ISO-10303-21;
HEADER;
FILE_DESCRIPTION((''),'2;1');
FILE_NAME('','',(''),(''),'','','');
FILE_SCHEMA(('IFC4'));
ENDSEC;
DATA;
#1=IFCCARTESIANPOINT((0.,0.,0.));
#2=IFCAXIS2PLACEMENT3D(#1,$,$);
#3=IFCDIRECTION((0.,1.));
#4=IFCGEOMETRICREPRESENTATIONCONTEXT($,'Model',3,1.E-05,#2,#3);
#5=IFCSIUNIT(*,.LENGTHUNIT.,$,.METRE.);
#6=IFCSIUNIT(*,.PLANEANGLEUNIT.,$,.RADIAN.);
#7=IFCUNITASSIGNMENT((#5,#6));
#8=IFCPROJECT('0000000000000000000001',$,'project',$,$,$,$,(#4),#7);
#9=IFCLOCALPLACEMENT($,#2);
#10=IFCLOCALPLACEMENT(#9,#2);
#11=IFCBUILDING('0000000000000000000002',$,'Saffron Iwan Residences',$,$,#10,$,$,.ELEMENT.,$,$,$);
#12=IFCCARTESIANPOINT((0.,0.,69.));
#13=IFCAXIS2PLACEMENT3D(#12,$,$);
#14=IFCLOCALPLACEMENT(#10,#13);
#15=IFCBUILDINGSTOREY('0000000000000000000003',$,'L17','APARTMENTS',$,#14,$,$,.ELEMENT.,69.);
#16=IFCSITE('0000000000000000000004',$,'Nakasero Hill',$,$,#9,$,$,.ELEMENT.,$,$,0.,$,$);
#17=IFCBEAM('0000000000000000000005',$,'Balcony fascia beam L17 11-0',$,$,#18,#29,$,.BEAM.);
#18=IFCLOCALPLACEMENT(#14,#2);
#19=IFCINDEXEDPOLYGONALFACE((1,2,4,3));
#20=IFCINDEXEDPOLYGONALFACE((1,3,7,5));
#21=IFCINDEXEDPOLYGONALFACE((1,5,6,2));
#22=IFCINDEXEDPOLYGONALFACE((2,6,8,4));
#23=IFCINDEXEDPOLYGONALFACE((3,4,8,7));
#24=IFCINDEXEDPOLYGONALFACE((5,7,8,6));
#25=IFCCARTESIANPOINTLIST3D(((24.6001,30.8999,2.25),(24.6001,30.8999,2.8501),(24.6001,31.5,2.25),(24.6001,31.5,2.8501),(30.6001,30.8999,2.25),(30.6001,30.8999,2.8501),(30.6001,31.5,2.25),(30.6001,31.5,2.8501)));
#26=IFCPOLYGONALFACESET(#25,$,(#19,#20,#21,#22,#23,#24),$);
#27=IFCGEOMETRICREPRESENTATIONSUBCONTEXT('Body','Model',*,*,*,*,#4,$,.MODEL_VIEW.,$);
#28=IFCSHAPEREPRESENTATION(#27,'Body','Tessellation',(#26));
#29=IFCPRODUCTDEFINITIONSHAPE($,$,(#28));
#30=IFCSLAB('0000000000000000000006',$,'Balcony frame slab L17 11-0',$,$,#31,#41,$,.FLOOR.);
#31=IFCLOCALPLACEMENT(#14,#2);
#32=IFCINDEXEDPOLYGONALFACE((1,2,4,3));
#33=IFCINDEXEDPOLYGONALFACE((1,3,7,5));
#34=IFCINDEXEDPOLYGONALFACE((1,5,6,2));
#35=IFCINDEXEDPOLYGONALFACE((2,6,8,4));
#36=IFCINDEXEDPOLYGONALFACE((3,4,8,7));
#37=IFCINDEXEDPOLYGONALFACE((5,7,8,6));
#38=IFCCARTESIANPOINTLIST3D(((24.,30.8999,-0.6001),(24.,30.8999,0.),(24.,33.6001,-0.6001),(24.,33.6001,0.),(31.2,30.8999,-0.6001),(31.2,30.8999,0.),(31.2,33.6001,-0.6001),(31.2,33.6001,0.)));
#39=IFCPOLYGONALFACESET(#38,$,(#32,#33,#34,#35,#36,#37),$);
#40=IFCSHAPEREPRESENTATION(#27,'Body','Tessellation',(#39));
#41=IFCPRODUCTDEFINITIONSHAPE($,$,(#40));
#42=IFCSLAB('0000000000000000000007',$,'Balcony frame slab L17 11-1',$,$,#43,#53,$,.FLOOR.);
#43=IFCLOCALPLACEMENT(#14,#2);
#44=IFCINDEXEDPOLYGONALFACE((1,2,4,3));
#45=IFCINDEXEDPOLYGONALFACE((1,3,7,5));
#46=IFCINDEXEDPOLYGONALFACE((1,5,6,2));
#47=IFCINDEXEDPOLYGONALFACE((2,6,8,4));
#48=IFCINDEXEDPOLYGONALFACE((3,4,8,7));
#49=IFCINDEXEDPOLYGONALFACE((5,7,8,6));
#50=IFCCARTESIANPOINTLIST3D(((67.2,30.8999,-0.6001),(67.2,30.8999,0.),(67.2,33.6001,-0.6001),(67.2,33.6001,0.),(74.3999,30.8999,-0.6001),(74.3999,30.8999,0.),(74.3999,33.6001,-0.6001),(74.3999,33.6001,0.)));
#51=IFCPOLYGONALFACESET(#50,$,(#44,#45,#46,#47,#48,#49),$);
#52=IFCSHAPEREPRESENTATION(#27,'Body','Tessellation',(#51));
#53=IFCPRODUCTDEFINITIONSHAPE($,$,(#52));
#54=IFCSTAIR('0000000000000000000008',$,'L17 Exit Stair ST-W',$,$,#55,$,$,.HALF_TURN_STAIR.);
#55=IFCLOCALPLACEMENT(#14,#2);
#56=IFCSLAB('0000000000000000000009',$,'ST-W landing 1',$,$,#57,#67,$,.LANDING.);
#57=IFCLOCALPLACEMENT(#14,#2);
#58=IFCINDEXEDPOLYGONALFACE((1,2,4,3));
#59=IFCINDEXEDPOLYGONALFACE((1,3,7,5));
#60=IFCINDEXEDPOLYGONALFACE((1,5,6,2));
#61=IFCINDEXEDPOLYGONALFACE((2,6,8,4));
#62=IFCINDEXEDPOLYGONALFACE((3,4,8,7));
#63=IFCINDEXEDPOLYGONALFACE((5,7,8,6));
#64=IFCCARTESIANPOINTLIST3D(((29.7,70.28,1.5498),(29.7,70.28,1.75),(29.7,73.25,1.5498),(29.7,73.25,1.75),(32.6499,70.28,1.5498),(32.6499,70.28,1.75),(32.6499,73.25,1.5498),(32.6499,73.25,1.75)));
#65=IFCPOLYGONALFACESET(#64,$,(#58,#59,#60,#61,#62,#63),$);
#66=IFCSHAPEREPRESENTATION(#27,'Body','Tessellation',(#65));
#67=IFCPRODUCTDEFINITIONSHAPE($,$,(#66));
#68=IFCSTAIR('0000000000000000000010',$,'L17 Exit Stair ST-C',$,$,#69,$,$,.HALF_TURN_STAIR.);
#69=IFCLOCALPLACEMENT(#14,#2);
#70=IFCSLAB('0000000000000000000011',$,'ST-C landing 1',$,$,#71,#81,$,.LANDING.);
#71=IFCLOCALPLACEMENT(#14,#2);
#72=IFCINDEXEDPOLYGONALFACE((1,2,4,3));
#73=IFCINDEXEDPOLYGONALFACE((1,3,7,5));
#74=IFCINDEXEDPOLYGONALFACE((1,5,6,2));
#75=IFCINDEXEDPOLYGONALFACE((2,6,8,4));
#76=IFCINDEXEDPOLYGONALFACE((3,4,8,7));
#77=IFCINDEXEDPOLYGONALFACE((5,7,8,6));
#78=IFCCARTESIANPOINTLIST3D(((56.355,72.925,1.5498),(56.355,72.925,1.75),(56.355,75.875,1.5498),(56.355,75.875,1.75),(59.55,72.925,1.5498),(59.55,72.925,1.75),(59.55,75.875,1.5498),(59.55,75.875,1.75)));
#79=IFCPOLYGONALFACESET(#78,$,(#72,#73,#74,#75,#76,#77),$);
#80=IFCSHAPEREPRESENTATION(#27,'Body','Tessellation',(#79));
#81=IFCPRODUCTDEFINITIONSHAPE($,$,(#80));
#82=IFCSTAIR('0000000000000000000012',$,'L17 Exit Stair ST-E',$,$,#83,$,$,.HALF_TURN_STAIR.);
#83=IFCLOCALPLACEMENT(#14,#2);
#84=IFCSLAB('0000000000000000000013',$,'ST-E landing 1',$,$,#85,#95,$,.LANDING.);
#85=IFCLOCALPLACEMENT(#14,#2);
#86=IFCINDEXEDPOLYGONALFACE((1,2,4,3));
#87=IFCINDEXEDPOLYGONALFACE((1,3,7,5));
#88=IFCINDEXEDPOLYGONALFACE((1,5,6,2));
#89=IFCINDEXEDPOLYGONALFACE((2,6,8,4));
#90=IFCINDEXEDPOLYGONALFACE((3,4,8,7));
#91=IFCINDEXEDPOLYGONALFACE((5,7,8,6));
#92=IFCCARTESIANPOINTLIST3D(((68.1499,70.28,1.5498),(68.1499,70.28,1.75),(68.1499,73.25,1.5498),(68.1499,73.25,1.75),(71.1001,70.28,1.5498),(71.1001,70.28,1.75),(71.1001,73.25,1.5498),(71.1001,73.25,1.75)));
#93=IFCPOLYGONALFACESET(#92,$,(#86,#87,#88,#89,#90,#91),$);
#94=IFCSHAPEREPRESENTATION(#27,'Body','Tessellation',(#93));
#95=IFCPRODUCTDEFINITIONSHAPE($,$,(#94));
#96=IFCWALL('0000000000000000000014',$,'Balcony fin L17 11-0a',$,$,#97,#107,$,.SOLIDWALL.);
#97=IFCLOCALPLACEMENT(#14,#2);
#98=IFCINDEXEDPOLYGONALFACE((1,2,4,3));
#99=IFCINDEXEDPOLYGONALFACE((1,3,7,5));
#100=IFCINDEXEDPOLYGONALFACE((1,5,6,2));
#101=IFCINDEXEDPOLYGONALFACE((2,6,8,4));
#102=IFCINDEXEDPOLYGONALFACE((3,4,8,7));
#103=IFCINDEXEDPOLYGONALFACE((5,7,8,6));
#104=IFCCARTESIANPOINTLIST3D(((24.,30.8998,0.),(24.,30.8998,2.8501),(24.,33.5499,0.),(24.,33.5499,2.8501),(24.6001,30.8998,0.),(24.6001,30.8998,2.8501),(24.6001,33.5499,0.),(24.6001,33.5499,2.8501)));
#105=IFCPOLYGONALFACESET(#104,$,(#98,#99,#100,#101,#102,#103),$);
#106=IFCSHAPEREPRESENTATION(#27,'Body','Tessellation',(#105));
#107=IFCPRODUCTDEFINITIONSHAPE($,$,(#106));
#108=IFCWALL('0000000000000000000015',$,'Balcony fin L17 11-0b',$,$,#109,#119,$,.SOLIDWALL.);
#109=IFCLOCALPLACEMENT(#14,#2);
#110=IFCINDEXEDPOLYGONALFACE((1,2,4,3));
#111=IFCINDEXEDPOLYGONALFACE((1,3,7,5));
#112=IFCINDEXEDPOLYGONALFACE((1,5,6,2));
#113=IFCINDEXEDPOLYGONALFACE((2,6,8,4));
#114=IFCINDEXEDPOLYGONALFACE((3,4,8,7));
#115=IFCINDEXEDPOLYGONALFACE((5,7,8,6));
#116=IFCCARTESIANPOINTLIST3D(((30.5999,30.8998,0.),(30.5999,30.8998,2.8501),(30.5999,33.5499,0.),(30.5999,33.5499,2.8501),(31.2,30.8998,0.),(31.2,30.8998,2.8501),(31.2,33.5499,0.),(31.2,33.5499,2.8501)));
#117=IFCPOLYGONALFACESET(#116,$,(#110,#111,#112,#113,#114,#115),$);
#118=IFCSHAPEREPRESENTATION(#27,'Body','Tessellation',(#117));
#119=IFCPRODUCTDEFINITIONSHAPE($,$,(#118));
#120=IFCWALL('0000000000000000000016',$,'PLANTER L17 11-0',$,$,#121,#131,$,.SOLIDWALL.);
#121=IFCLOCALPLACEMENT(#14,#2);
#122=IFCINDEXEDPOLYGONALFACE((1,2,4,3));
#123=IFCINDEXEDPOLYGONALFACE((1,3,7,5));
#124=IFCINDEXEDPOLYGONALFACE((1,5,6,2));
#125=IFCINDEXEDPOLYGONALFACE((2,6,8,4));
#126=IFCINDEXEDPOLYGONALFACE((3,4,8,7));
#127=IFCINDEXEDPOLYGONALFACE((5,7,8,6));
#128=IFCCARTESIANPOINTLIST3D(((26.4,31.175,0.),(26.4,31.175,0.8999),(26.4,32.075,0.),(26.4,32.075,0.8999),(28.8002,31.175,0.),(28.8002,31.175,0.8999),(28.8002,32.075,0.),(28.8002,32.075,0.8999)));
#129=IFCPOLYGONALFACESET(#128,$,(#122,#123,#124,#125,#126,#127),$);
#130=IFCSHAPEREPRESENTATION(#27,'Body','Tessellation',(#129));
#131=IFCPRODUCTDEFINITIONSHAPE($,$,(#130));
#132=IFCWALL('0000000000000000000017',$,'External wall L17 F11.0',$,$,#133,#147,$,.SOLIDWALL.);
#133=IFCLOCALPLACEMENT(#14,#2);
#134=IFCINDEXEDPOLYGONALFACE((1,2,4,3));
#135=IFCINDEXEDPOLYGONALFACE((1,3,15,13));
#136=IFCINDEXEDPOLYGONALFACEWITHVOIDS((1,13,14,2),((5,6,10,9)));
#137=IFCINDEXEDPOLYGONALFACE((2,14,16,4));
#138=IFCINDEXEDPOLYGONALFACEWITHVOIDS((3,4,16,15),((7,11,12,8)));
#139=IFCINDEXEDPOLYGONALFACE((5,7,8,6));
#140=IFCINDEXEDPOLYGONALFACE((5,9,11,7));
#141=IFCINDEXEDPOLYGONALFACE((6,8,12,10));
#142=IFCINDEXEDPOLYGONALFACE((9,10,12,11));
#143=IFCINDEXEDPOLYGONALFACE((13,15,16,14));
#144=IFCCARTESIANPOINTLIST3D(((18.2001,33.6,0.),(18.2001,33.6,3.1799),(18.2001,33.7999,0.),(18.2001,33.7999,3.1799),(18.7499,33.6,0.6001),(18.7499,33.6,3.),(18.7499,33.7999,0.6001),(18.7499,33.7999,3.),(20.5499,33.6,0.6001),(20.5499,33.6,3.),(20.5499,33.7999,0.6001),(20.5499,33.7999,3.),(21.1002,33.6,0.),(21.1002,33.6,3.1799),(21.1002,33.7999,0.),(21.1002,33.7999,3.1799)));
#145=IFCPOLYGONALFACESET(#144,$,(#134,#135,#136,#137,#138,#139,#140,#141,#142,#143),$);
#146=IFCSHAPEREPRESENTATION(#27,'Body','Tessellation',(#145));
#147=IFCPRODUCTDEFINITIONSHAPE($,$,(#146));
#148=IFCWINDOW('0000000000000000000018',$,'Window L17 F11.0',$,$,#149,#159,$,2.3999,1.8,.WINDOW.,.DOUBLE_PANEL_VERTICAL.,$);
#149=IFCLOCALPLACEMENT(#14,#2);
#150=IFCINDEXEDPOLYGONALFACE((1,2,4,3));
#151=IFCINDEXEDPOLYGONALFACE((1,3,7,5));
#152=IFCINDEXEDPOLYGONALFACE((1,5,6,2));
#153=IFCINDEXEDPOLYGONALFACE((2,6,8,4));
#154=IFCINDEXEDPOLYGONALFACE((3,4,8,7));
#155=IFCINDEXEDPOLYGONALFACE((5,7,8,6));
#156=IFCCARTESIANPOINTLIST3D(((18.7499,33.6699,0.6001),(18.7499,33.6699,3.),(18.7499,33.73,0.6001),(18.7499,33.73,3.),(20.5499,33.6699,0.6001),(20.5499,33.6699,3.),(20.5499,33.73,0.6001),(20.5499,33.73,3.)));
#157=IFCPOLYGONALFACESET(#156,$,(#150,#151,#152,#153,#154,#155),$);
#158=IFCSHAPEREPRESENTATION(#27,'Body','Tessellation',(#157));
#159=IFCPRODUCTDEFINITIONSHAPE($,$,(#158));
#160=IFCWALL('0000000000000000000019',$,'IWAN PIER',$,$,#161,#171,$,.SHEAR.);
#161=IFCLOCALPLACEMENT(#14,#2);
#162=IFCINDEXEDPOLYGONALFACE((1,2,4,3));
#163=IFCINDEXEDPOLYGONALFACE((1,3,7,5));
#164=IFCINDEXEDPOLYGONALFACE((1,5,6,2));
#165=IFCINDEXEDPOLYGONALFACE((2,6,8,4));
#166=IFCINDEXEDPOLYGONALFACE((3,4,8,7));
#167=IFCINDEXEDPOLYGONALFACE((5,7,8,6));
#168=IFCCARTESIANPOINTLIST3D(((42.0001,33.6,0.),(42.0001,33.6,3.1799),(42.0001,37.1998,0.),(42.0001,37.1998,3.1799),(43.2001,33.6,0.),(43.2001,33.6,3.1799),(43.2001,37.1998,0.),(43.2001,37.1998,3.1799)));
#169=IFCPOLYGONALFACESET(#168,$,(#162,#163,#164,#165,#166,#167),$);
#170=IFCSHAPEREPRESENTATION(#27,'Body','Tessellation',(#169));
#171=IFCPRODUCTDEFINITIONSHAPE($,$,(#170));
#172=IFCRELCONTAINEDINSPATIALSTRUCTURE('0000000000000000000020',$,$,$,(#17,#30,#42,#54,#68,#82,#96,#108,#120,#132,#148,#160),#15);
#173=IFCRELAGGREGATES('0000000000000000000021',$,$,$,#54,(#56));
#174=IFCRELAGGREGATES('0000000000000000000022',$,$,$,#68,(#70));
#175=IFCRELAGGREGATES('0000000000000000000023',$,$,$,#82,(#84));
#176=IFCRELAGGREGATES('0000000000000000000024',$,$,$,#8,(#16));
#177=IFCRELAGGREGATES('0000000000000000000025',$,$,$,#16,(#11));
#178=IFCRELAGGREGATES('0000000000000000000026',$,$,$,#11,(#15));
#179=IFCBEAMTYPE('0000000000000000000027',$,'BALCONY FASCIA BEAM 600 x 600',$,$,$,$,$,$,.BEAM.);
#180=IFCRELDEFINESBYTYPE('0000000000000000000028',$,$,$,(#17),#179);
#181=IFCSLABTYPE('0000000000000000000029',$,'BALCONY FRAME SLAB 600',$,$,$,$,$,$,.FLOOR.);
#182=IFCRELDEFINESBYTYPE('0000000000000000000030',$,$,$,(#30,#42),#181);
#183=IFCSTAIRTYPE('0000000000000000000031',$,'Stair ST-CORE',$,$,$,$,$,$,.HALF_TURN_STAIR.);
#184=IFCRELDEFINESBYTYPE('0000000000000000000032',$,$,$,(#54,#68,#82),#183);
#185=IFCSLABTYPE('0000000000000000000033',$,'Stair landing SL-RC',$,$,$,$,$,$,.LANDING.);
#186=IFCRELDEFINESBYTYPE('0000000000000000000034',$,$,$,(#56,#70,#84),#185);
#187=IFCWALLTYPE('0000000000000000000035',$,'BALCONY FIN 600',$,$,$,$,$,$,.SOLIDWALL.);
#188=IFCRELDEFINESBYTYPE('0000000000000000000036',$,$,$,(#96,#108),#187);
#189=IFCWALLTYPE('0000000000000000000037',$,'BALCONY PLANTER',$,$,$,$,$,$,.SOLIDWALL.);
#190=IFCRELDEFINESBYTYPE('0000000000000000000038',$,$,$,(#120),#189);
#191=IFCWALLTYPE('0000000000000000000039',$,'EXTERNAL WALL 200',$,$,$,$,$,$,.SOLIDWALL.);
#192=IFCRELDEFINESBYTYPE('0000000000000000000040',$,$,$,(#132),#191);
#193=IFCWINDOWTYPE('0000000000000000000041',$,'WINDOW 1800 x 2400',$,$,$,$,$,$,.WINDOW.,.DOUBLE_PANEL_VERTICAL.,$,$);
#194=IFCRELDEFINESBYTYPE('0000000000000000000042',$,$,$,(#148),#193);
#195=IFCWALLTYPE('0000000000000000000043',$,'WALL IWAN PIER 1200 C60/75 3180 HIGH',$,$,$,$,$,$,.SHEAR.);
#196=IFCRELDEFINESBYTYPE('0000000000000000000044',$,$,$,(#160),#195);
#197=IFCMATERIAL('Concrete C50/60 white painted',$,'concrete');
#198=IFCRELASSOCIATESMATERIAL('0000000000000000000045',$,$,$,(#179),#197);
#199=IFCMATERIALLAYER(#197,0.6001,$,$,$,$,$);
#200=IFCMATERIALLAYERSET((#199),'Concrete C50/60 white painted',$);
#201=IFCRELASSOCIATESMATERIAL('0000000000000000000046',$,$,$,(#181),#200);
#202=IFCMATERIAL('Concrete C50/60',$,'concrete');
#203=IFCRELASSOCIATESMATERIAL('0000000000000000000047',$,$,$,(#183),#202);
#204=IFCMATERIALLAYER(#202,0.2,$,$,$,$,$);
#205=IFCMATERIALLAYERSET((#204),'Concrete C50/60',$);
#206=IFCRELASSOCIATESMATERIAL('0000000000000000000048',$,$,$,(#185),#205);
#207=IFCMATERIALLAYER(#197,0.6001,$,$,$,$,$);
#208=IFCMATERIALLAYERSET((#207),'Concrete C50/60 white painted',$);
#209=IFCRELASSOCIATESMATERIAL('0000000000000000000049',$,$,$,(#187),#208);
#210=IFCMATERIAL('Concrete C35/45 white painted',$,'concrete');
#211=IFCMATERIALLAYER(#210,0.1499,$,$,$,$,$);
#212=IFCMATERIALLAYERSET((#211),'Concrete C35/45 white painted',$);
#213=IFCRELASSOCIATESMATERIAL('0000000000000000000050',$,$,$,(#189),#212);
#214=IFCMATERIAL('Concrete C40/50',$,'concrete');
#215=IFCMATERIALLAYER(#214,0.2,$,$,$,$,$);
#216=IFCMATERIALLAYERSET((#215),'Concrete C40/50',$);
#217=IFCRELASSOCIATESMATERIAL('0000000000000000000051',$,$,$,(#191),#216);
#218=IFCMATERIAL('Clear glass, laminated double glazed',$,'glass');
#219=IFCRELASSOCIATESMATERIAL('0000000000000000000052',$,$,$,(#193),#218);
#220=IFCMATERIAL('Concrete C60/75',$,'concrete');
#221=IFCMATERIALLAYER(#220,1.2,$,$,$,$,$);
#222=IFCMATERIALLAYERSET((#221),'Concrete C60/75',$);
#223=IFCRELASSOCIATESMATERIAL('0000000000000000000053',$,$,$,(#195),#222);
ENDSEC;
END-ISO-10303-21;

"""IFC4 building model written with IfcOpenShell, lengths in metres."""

from ifc_helpers import new_model, si_unit, direction, frame, frame_2d, origin, origin_2d, place, context, subcontext, project, spatial, polyline, rectangle, outline, extrude, source, transform, mapped, material, layer, layer_set, material_profile, profile_set, type_object, element, fill, aggregate, save


model = new_model("IFC4")

# Units and contexts
model_context = context("Model", 3, precision=1e-05, world=origin(), true_north=direction((0.0, 1.0)))
body_context = subcontext(model_context, "Body", "Model", "MODEL_VIEW")
ifc_project = project(units=[si_unit("LENGTHUNIT", "METRE"), si_unit("PLANEANGLEUNIT", "RADIAN")], contexts=[model_context])

# Site, building, storey
site_placement = place(None, origin())
site = spatial("IfcSite", under=ifc_project, at=site_placement, Name="Nakasero Hill", CompositionType="ELEMENT", RefElevation=0.0)
building_placement = place(site_placement, origin())
building = spatial("IfcBuilding", under=site, at=building_placement, Name="Saffron Iwan Residences", CompositionType="ELEMENT")
storey_placement = place(building_placement, frame((0.0, 0.0, 69.0)))
storey = spatial("IfcBuildingStorey", under=building, at=storey_placement, Name="L17", Description="APARTMENTS", CompositionType="ELEMENT", Elevation=69.0)

# Beam
ifc_material_1 = material(Name="Concrete C50/60 white painted", Category="concrete")
ifc_material_profile = material_profile(ifc_material_1, rectangle(XDim=0.6001, YDim=0.6001, at=origin_2d()), Name="BALCONY FASCIA BEAM 600 x 600")
ifc_profile_set = profile_set([ifc_material_profile], Name="Concrete C50/60 white painted")
beam_type = type_object("IfcBeamType", Name="BALCONY FASCIA BEAM 600 x 600", PredefinedType="BEAM", material=ifc_profile_set)
shared_shape = source(origin(), body_context, "Body", "SweptSolid", [
    extrude(rectangle(XDim=0.6001, YDim=0.6001, at=origin_2d()), origin(), (0.0, 0.0, 1.0), 6.0),
])
beam_placement = place(storey_placement, frame((24.6001, 31.2, 2.55), z_axis=(1.0, 0.0, 0.0), x_axis=(0.0, 1.0, 0.0)))
element("IfcBeam", 1, at=beam_placement, inside=storey, type_object=beam_type, Name="Balcony fascia beam L17 11-0", PredefinedType="BEAM", context=body_context, shape_type="MappedRepresentation", body=[
    mapped(shared_shape, transform((0.0, 0.0, 0.0))),
])

# Slabs
ifc_layer_1 = layer(ifc_material_1, 0.6001)
ifc_layer_set_1 = layer_set([ifc_layer_1], Name="Concrete C50/60 white painted")
slab_type_1 = type_object("IfcSlabType", Name="BALCONY FRAME SLAB 600", PredefinedType="FLOOR", material=ifc_layer_set_1)
slab_1_placement = place(storey_placement, frame((0.0, 0.0, -0.6001)))
element("IfcSlab", 2, at=slab_1_placement, inside=storey, type_object=slab_type_1, Name="Balcony frame slab L17 11-0", PredefinedType="FLOOR", context=body_context, shape_type="SweptSolid", body=[
    extrude(outline(polyline([(24.0, 30.8999), (31.2, 30.8999), (31.2, 33.6001), (24.0, 33.6001), (24.0, 30.8999)])), origin(), (0.0, 0.0, 1.0), 0.6001),
])
slab_2_placement = place(storey_placement, frame((0.0, 0.0, -0.6001)))
element("IfcSlab", 3, at=slab_2_placement, inside=storey, type_object=slab_type_1, Name="Balcony frame slab L17 11-1", PredefinedType="FLOOR", context=body_context, shape_type="SweptSolid", body=[
    extrude(outline(polyline([(67.2, 30.8999), (74.3999, 30.8999), (74.3999, 33.6001), (67.2, 33.6001), (67.2, 30.8999)])), origin(), (0.0, 0.0, 1.0), 0.6001),
])

# Stairs, slabs
ifc_material_2 = material(Name="Concrete C50/60", Category="concrete")
stair_type = type_object("IfcStairType", Name="Stair ST-CORE", PredefinedType="HALF_TURN_STAIR", material=ifc_material_2)
stair_1_placement = place(storey_placement, origin())
stair_1 = element("IfcStair", 4, at=stair_1_placement, inside=storey, type_object=stair_type, Name="L17 Exit Stair ST-W", PredefinedType="HALF_TURN_STAIR")
ifc_layer_2 = layer(ifc_material_2, 0.2)
ifc_layer_set_2 = layer_set([ifc_layer_2], Name="Concrete C50/60")
slab_type_2 = type_object("IfcSlabType", Name="Stair landing SL-RC", PredefinedType="LANDING", material=ifc_layer_set_2)
slab_3_placement = place(storey_placement, frame((0.0, 0.0, 1.5498)))
slab_3 = element("IfcSlab", 5, at=slab_3_placement, type_object=slab_type_2, Name="ST-W landing 1", PredefinedType="LANDING", context=body_context, shape_type="SweptSolid", body=[
    extrude(outline(polyline([(32.6499, 70.28), (32.6499, 73.25), (29.7, 73.25), (29.7, 70.28), (32.6499, 70.28)])), origin(), (0.0, 0.0, 1.0), 0.2002),
])
aggregate(stair_1, [slab_3])
stair_2_placement = place(storey_placement, origin())
stair_2 = element("IfcStair", 6, at=stair_2_placement, inside=storey, type_object=stair_type, Name="L17 Exit Stair ST-C", PredefinedType="HALF_TURN_STAIR")
slab_4_placement = place(storey_placement, frame((0.0, 0.0, 1.5498)))
slab_4 = element("IfcSlab", 7, at=slab_4_placement, type_object=slab_type_2, Name="ST-C landing 1", PredefinedType="LANDING", context=body_context, shape_type="SweptSolid", body=[
    extrude(outline(polyline([(56.355, 72.925), (59.55, 72.925), (59.55, 75.875), (56.355, 75.875), (56.355, 72.925)])), origin(), (0.0, 0.0, 1.0), 0.2002),
])
aggregate(stair_2, [slab_4])
stair_3_placement = place(storey_placement, origin())
stair_3 = element("IfcStair", 8, at=stair_3_placement, inside=storey, type_object=stair_type, Name="L17 Exit Stair ST-E", PredefinedType="HALF_TURN_STAIR")
slab_5_placement = place(storey_placement, frame((0.0, 0.0, 1.5498)))
slab_5 = element("IfcSlab", 9, at=slab_5_placement, type_object=slab_type_2, Name="ST-E landing 1", PredefinedType="LANDING", context=body_context, shape_type="SweptSolid", body=[
    extrude(outline(polyline([(71.1001, 70.28), (71.1001, 73.25), (68.1499, 73.25), (68.1499, 70.28), (71.1001, 70.28)])), origin(), (0.0, 0.0, 1.0), 0.2002),
])
aggregate(stair_3, [slab_5])

# Walls
ifc_layer_3 = layer(ifc_material_1, 0.6001)
ifc_layer_set_3 = layer_set([ifc_layer_3], Name="Concrete C50/60 white painted")
wall_type_1 = type_object("IfcWallType", Name="BALCONY FIN 600", PredefinedType="SOLIDWALL", material=ifc_layer_set_3)
for number, where, z_axis, x_axis, name in (
    (10, (24.3, 33.55, 0.0), (0.0, 0.0, 1.0), (0.0, -1.0, 0.0), "Balcony fin L17 11-0a"),
    (11, (30.8999, 33.55, 0.0), (0.0, 0.0, 1.0), (0.0, -1.0, 0.0), "Balcony fin L17 11-0b"),
):
    element("IfcWall", number, at=place(storey_placement, frame(where, z_axis=z_axis, x_axis=x_axis)), inside=storey, type_object=wall_type_1, Name=name, PredefinedType="SOLIDWALL", context=body_context, shape_type="SweptSolid", body=[
        extrude(rectangle(XDim=2.6501, YDim=0.6001, at=frame_2d((1.3252, 0.0))), origin(), (0.0, 0.0, 1.0), 2.8501),
    ])
ifc_material_3 = material(Name="Concrete C35/45 white painted", Category="concrete")
ifc_layer_4 = layer(ifc_material_3, 0.1499)
ifc_layer_set_4 = layer_set([ifc_layer_4], Name="Concrete C35/45 white painted")
wall_type_2 = type_object("IfcWallType", Name="BALCONY PLANTER", PredefinedType="SOLIDWALL", material=ifc_layer_set_4)
wall_1_placement = place(storey_placement, frame((26.3999, 31.625, 0.0), z_axis=(0.0, 0.0, 1.0), x_axis=(1.0, 0.0, 0.0)))
element("IfcWall", 12, at=wall_1_placement, inside=storey, type_object=wall_type_2, Name="PLANTER L17 11-0", PredefinedType="SOLIDWALL", context=body_context, shape_type="SweptSolid", body=[
    extrude(rectangle(XDim=2.4001, YDim=0.8999, at=frame_2d((1.2002, 0.0))), origin(), (0.0, 0.0, 1.0), 0.8999),
])

# Wall, opening, window
ifc_material_4 = material(Name="Concrete C40/50", Category="concrete")
ifc_layer_5 = layer(ifc_material_4, 0.2)
ifc_layer_set_5 = layer_set([ifc_layer_5], Name="Concrete C40/50")
wall_type_3 = type_object("IfcWallType", Name="EXTERNAL WALL 200", PredefinedType="SOLIDWALL", material=ifc_layer_set_5)
wall_2_placement = place(storey_placement, frame((18.2, 33.7, 0.0), z_axis=(0.0, 0.0, 1.0), x_axis=(1.0, 0.0, 0.0)))
wall_2 = element("IfcWall", 13, at=wall_2_placement, inside=storey, type_object=wall_type_3, Name="External wall L17 F11.0", PredefinedType="SOLIDWALL", context=body_context, shape_type="SweptSolid", body=[
    extrude(rectangle(XDim=2.9001, YDim=0.2, at=frame_2d((1.4502, 0.0))), origin(), (0.0, 0.0, 1.0), 3.1799),
])
opening_placement = place(wall_2_placement, frame((0.55, 0.0, 0.6001)))
opening = element("IfcOpeningElement", 14, at=opening_placement, cuts=wall_2, PredefinedType="OPENING", context=body_context, shape_type="SweptSolid", body=[
    extrude(rectangle(XDim=1.8, YDim=2.3999, at=frame_2d((0.8999, 1.2))), frame((0.0, 0.1099, 0.0), z_axis=(0.0, -1.0, 0.0), x_axis=(1.0, 0.0, 0.0)), (0.0, 0.0, 1.0), 0.22),
])
ifc_material_5 = material(Name="Clear glass, laminated double glazed", Category="glass")
window_type = type_object("IfcWindowType", Name="WINDOW 1800 x 2400", PartitioningType="DOUBLE_PANEL_VERTICAL", PredefinedType="WINDOW", material=ifc_material_5)
window_placement = place(opening_placement, origin())
window = element("IfcWindow", 15, at=window_placement, inside=storey, type_object=window_type, Name="Window L17 F11.0", OverallHeight=2.3999, OverallWidth=1.8, PartitioningType="DOUBLE_PANEL_VERTICAL", PredefinedType="WINDOW", context=body_context, shape_type="SweptSolid", body=[
    extrude(rectangle(XDim=1.8, YDim=2.3999, at=frame_2d((0.8999, 1.2))), frame((0.0, 0.03, 0.0), z_axis=(0.0, -1.0, 0.0), x_axis=(1.0, 0.0, 0.0)), (0.0, 0.0, 1.0), 0.0601),
])
fill(opening, window)

# Wall
ifc_material_6 = material(Name="Concrete C60/75", Category="concrete")
ifc_layer_6 = layer(ifc_material_6, 1.2)
ifc_layer_set_6 = layer_set([ifc_layer_6], Name="Concrete C60/75")
wall_type_4 = type_object("IfcWallType", Name="WALL IWAN PIER 1200 C60/75 3180 HIGH", PredefinedType="SHEAR", material=ifc_layer_set_6)
wall_3_placement = place(storey_placement, frame((42.6001, 33.6001, 0.0), z_axis=(0.0, 0.0, 1.0), x_axis=(0.0, 1.0, 0.0)))
element("IfcWall", 16, at=wall_3_placement, inside=storey, type_object=wall_type_4, Name="IWAN PIER", PredefinedType="SHEAR", context=body_context, shape_type="SweptSolid", body=[
    extrude(rectangle(XDim=3.5999, YDim=1.2, at=frame_2d((1.7998, 0.0))), origin(), (0.0, 0.0, 1.0), 3.1799),
])

save(model, "model.ifc")
